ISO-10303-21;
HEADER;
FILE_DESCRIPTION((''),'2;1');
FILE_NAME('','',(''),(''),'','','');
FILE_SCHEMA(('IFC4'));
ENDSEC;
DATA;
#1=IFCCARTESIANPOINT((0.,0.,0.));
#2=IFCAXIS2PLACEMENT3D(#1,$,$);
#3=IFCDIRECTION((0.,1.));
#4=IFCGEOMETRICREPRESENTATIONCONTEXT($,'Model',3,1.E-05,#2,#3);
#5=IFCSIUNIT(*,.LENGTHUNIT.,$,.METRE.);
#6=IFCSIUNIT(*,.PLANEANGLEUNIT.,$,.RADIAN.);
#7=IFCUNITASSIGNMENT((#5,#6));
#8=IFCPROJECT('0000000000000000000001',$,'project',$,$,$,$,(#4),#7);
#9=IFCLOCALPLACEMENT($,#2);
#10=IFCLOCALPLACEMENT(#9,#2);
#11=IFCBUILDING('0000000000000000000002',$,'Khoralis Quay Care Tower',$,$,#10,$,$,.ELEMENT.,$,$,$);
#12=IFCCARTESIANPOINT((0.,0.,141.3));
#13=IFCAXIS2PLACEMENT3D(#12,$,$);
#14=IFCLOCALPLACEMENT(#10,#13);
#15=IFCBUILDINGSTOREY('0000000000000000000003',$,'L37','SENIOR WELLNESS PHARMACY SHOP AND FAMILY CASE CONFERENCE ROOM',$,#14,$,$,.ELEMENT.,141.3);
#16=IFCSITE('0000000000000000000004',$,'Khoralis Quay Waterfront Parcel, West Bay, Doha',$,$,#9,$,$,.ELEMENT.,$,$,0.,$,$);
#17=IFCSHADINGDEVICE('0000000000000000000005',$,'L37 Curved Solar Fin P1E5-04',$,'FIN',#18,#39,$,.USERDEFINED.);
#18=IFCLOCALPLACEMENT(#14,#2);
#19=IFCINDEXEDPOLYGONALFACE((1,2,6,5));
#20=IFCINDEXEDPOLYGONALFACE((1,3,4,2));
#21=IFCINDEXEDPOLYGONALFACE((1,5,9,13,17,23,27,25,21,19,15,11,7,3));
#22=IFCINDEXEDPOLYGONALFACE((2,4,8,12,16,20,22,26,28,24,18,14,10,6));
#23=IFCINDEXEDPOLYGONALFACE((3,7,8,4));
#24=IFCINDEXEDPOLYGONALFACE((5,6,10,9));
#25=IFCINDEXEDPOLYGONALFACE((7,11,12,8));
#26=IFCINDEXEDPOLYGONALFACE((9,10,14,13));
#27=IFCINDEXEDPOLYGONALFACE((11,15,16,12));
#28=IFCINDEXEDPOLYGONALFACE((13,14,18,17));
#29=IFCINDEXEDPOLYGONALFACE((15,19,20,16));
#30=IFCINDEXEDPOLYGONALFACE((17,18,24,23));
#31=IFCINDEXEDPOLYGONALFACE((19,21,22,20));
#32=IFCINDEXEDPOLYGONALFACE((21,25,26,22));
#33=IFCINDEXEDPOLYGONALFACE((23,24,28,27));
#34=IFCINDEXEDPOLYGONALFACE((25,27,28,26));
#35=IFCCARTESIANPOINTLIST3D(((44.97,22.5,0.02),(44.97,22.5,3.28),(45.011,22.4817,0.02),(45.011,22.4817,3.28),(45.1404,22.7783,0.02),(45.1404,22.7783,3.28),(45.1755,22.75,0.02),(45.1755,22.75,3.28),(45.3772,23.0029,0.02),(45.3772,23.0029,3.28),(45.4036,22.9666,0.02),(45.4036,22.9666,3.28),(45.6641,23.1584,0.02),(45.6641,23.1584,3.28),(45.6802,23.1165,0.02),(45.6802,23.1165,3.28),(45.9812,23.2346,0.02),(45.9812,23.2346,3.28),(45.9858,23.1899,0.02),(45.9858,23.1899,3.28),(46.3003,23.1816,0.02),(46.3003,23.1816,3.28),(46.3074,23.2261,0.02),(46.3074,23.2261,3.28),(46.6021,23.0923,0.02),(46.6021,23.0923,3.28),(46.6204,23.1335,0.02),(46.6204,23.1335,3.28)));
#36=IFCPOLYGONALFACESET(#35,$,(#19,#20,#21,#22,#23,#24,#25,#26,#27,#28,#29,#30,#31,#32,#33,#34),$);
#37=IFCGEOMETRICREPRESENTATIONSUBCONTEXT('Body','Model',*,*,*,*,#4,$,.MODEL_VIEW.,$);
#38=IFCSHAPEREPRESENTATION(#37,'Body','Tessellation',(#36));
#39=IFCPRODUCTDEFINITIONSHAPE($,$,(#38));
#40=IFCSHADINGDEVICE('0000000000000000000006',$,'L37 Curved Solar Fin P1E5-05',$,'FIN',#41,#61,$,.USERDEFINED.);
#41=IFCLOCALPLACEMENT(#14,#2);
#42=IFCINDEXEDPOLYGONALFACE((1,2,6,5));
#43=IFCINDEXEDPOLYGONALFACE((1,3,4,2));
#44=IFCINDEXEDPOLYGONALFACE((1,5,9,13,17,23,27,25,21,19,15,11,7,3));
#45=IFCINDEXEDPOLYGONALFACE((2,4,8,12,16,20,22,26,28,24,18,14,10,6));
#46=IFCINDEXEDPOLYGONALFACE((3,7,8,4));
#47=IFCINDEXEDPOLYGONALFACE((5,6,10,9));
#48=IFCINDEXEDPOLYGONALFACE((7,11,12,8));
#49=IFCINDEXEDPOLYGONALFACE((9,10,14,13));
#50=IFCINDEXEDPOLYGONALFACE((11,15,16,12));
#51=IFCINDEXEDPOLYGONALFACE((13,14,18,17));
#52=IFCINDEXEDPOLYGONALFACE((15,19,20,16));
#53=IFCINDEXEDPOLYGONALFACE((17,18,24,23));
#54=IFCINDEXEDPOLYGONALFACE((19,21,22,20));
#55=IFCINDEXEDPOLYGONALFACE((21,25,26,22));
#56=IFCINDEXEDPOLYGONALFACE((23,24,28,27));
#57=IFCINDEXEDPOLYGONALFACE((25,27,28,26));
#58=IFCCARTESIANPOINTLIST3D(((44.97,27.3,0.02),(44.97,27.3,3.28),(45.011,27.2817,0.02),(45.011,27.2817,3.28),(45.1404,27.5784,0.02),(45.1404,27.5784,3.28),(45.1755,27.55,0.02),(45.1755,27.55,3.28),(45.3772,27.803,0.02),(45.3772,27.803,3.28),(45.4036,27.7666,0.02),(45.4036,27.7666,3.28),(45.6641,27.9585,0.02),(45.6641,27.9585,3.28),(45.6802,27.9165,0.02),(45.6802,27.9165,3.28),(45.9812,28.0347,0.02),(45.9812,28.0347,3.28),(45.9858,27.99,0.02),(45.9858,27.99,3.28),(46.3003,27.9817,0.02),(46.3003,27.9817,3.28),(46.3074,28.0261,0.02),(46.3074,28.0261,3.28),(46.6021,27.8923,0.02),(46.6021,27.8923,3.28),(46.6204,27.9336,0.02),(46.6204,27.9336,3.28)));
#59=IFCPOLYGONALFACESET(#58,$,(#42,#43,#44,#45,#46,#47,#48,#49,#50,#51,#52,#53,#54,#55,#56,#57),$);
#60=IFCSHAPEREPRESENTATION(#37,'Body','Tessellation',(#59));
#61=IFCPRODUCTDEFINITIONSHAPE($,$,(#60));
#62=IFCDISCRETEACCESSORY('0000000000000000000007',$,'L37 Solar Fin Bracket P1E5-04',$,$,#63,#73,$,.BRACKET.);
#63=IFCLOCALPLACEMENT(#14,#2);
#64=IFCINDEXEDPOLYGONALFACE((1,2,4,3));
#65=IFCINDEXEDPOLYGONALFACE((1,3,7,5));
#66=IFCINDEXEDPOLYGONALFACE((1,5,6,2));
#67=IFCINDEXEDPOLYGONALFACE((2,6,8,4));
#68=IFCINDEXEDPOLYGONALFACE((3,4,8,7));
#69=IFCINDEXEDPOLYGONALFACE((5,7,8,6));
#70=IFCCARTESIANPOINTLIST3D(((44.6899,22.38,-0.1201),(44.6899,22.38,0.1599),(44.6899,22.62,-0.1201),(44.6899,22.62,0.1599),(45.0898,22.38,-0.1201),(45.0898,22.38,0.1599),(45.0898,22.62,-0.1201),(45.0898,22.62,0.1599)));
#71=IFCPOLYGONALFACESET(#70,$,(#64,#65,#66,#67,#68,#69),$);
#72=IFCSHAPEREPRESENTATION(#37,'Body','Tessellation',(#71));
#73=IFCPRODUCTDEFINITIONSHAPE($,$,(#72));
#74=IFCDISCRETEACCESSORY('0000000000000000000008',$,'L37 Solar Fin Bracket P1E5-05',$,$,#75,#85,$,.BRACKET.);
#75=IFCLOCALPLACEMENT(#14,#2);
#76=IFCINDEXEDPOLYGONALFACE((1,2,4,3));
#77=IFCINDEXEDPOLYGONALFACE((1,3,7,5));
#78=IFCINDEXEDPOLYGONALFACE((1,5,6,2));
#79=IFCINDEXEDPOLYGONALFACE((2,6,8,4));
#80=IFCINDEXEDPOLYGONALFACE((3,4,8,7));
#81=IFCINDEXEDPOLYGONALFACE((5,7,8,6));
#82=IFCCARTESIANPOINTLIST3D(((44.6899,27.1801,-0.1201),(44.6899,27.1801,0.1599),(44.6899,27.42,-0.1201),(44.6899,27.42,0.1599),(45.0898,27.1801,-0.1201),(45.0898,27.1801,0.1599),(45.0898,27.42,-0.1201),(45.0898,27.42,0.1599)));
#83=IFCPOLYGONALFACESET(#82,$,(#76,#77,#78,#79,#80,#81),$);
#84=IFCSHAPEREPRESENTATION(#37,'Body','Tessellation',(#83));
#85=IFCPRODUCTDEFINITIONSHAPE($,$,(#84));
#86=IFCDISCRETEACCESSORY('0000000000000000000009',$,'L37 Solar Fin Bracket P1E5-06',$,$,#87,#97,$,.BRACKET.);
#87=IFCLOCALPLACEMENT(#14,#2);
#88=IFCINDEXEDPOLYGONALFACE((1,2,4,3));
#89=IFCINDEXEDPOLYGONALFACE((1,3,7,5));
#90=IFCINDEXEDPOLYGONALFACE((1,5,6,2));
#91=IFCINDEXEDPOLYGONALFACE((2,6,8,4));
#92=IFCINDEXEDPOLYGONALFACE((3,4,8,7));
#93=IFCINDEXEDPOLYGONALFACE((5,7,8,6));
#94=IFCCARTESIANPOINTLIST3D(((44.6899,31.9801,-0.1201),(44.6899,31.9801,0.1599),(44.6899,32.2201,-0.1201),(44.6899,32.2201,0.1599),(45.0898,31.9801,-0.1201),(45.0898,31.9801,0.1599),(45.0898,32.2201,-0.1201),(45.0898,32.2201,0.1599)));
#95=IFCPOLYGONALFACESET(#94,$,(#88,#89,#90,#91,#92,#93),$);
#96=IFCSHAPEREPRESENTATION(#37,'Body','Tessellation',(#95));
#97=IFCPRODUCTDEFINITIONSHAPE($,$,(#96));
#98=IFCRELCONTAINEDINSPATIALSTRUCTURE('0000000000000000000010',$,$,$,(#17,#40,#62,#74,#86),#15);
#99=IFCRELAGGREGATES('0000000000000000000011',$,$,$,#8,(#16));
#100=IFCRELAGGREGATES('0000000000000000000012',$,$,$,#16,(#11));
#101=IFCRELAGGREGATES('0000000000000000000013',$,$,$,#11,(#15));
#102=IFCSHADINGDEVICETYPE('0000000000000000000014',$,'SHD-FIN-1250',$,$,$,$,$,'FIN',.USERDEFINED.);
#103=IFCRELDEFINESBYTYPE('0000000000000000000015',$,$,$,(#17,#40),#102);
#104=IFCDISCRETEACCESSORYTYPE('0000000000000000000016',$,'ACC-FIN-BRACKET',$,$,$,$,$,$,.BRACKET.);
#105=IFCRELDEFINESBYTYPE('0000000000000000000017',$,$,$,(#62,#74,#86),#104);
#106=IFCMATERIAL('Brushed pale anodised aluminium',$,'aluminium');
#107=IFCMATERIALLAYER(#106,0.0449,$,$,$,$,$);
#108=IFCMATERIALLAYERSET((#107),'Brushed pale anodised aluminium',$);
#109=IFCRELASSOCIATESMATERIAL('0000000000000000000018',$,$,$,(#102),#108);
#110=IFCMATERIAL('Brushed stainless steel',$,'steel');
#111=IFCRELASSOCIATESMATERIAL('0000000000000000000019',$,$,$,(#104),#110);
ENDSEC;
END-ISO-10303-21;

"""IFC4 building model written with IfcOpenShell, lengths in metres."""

from ifc_helpers import new_model, si_unit, direction, frame, origin, origin_2d, place, context, subcontext, project, spatial, polyline, rectangle, outline, extrude, source, transform, mapped, material, layer, layer_set, type_object, element, save


model = new_model("IFC4")

# Units and contexts
model_context = context("Model", 3, precision=1e-05, world=origin(), true_north=direction((0.0, 1.0)))
body_context = subcontext(model_context, "Body", "Model", "MODEL_VIEW")
ifc_project = project(units=[si_unit("LENGTHUNIT", "METRE"), si_unit("PLANEANGLEUNIT", "RADIAN")], contexts=[model_context])

# Site, building, storey
site_placement = place(None, origin())
site = spatial("IfcSite", under=ifc_project, at=site_placement, Name="Khoralis Quay Waterfront Parcel, West Bay, Doha", CompositionType="ELEMENT", RefElevation=0.0)
building_placement = place(site_placement, origin())
building = spatial("IfcBuilding", under=site, at=building_placement, Name="Khoralis Quay Care Tower", CompositionType="ELEMENT")
storey_placement = place(building_placement, frame((0.0, 0.0, 141.3)))
storey = spatial("IfcBuildingStorey", under=building, at=storey_placement, Name="L37", Description="SENIOR WELLNESS PHARMACY SHOP AND FAMILY CASE CONFERENCE ROOM", CompositionType="ELEMENT", Elevation=141.3)

# Shading devices
ifc_material_1 = material(Name="Brushed pale anodised aluminium", Category="aluminium")
ifc_layer_1 = layer(ifc_material_1, 0.0449)
ifc_layer_set_1 = layer_set([ifc_layer_1], Name="Brushed pale anodised aluminium")
shading_device_type = type_object("IfcShadingDeviceType", Name="SHD-FIN-1250", ElementType="FIN", PredefinedType="USERDEFINED", material=ifc_layer_set_1)
shared_shape_1 = source(origin(), body_context, "Body", "SweptSolid", [
    extrude(outline(polyline([(0.0, 0.0), (0.1704, 0.2783), (0.4072, 0.5029), (0.6941, 0.6584), (1.0112, 0.7346), (1.3374, 0.7261), (1.6504, 0.6335), (1.6321, 0.5923), (1.3303, 0.6816), (1.0159, 0.6899), (0.7102, 0.6165), (0.4336, 0.4666), (0.2056, 0.25), (0.041, -0.0183), (0.0, 0.0)])), origin(), (0.0, 0.0, 1.0), 3.26),
])
for number, where, z_axis, x_axis, name in (
    (1, (44.97, 22.5, 0.02), (0.0, 0.0, 1.0), (1.0, 0.0, 0.0), "L37 Curved Solar Fin P1E5-04"),
    (2, (44.97, 27.3, 0.02), (0.0, 0.0, 1.0), (1.0, 0.0, 0.0), "L37 Curved Solar Fin P1E5-05"),
):
    element("IfcShadingDevice", number, at=place(storey_placement, frame(where, z_axis=z_axis, x_axis=x_axis)), inside=storey, type_object=shading_device_type, Name=name, ObjectType="FIN", PredefinedType="USERDEFINED", context=body_context, shape_type="MappedRepresentation", body=[
        mapped(shared_shape_1, transform((0.0, 0.0, 0.0), scale=1.0)),
    ])

# Discrete accessories
ifc_material_2 = material(Name="Brushed stainless steel", Category="steel")
discrete_accessory_type = type_object("IfcDiscreteAccessoryType", Name="ACC-FIN-BRACKET", PredefinedType="BRACKET", material=ifc_material_2)
shared_shape_2 = source(origin(), body_context, "Body", "SweptSolid", [
    extrude(rectangle(XDim=0.3999, YDim=0.24, at=origin_2d()), origin(), (0.0, 0.0, 1.0), 0.28),
])
for number, where, z_axis, x_axis, name in (
    (3, (44.8899, 22.5, -0.1201), (0.0, 0.0, 1.0), (1.0, 0.0, 0.0), "L37 Solar Fin Bracket P1E5-04"),
    (4, (44.8899, 27.3, -0.1201), (0.0, 0.0, 1.0), (1.0, 0.0, 0.0), "L37 Solar Fin Bracket P1E5-05"),
    (5, (44.8899, 32.1001, -0.1201), (0.0, 0.0, 1.0), (1.0, 0.0, 0.0), "L37 Solar Fin Bracket P1E5-06"),
):
    element("IfcDiscreteAccessory", number, at=place(storey_placement, frame(where, z_axis=z_axis, x_axis=x_axis)), inside=storey, type_object=discrete_accessory_type, Name=name, PredefinedType="BRACKET", context=body_context, shape_type="MappedRepresentation", body=[
        mapped(shared_shape_2, transform((0.0, 0.0, 0.0), scale=1.0)),
    ])

save(model, "model.ifc")
